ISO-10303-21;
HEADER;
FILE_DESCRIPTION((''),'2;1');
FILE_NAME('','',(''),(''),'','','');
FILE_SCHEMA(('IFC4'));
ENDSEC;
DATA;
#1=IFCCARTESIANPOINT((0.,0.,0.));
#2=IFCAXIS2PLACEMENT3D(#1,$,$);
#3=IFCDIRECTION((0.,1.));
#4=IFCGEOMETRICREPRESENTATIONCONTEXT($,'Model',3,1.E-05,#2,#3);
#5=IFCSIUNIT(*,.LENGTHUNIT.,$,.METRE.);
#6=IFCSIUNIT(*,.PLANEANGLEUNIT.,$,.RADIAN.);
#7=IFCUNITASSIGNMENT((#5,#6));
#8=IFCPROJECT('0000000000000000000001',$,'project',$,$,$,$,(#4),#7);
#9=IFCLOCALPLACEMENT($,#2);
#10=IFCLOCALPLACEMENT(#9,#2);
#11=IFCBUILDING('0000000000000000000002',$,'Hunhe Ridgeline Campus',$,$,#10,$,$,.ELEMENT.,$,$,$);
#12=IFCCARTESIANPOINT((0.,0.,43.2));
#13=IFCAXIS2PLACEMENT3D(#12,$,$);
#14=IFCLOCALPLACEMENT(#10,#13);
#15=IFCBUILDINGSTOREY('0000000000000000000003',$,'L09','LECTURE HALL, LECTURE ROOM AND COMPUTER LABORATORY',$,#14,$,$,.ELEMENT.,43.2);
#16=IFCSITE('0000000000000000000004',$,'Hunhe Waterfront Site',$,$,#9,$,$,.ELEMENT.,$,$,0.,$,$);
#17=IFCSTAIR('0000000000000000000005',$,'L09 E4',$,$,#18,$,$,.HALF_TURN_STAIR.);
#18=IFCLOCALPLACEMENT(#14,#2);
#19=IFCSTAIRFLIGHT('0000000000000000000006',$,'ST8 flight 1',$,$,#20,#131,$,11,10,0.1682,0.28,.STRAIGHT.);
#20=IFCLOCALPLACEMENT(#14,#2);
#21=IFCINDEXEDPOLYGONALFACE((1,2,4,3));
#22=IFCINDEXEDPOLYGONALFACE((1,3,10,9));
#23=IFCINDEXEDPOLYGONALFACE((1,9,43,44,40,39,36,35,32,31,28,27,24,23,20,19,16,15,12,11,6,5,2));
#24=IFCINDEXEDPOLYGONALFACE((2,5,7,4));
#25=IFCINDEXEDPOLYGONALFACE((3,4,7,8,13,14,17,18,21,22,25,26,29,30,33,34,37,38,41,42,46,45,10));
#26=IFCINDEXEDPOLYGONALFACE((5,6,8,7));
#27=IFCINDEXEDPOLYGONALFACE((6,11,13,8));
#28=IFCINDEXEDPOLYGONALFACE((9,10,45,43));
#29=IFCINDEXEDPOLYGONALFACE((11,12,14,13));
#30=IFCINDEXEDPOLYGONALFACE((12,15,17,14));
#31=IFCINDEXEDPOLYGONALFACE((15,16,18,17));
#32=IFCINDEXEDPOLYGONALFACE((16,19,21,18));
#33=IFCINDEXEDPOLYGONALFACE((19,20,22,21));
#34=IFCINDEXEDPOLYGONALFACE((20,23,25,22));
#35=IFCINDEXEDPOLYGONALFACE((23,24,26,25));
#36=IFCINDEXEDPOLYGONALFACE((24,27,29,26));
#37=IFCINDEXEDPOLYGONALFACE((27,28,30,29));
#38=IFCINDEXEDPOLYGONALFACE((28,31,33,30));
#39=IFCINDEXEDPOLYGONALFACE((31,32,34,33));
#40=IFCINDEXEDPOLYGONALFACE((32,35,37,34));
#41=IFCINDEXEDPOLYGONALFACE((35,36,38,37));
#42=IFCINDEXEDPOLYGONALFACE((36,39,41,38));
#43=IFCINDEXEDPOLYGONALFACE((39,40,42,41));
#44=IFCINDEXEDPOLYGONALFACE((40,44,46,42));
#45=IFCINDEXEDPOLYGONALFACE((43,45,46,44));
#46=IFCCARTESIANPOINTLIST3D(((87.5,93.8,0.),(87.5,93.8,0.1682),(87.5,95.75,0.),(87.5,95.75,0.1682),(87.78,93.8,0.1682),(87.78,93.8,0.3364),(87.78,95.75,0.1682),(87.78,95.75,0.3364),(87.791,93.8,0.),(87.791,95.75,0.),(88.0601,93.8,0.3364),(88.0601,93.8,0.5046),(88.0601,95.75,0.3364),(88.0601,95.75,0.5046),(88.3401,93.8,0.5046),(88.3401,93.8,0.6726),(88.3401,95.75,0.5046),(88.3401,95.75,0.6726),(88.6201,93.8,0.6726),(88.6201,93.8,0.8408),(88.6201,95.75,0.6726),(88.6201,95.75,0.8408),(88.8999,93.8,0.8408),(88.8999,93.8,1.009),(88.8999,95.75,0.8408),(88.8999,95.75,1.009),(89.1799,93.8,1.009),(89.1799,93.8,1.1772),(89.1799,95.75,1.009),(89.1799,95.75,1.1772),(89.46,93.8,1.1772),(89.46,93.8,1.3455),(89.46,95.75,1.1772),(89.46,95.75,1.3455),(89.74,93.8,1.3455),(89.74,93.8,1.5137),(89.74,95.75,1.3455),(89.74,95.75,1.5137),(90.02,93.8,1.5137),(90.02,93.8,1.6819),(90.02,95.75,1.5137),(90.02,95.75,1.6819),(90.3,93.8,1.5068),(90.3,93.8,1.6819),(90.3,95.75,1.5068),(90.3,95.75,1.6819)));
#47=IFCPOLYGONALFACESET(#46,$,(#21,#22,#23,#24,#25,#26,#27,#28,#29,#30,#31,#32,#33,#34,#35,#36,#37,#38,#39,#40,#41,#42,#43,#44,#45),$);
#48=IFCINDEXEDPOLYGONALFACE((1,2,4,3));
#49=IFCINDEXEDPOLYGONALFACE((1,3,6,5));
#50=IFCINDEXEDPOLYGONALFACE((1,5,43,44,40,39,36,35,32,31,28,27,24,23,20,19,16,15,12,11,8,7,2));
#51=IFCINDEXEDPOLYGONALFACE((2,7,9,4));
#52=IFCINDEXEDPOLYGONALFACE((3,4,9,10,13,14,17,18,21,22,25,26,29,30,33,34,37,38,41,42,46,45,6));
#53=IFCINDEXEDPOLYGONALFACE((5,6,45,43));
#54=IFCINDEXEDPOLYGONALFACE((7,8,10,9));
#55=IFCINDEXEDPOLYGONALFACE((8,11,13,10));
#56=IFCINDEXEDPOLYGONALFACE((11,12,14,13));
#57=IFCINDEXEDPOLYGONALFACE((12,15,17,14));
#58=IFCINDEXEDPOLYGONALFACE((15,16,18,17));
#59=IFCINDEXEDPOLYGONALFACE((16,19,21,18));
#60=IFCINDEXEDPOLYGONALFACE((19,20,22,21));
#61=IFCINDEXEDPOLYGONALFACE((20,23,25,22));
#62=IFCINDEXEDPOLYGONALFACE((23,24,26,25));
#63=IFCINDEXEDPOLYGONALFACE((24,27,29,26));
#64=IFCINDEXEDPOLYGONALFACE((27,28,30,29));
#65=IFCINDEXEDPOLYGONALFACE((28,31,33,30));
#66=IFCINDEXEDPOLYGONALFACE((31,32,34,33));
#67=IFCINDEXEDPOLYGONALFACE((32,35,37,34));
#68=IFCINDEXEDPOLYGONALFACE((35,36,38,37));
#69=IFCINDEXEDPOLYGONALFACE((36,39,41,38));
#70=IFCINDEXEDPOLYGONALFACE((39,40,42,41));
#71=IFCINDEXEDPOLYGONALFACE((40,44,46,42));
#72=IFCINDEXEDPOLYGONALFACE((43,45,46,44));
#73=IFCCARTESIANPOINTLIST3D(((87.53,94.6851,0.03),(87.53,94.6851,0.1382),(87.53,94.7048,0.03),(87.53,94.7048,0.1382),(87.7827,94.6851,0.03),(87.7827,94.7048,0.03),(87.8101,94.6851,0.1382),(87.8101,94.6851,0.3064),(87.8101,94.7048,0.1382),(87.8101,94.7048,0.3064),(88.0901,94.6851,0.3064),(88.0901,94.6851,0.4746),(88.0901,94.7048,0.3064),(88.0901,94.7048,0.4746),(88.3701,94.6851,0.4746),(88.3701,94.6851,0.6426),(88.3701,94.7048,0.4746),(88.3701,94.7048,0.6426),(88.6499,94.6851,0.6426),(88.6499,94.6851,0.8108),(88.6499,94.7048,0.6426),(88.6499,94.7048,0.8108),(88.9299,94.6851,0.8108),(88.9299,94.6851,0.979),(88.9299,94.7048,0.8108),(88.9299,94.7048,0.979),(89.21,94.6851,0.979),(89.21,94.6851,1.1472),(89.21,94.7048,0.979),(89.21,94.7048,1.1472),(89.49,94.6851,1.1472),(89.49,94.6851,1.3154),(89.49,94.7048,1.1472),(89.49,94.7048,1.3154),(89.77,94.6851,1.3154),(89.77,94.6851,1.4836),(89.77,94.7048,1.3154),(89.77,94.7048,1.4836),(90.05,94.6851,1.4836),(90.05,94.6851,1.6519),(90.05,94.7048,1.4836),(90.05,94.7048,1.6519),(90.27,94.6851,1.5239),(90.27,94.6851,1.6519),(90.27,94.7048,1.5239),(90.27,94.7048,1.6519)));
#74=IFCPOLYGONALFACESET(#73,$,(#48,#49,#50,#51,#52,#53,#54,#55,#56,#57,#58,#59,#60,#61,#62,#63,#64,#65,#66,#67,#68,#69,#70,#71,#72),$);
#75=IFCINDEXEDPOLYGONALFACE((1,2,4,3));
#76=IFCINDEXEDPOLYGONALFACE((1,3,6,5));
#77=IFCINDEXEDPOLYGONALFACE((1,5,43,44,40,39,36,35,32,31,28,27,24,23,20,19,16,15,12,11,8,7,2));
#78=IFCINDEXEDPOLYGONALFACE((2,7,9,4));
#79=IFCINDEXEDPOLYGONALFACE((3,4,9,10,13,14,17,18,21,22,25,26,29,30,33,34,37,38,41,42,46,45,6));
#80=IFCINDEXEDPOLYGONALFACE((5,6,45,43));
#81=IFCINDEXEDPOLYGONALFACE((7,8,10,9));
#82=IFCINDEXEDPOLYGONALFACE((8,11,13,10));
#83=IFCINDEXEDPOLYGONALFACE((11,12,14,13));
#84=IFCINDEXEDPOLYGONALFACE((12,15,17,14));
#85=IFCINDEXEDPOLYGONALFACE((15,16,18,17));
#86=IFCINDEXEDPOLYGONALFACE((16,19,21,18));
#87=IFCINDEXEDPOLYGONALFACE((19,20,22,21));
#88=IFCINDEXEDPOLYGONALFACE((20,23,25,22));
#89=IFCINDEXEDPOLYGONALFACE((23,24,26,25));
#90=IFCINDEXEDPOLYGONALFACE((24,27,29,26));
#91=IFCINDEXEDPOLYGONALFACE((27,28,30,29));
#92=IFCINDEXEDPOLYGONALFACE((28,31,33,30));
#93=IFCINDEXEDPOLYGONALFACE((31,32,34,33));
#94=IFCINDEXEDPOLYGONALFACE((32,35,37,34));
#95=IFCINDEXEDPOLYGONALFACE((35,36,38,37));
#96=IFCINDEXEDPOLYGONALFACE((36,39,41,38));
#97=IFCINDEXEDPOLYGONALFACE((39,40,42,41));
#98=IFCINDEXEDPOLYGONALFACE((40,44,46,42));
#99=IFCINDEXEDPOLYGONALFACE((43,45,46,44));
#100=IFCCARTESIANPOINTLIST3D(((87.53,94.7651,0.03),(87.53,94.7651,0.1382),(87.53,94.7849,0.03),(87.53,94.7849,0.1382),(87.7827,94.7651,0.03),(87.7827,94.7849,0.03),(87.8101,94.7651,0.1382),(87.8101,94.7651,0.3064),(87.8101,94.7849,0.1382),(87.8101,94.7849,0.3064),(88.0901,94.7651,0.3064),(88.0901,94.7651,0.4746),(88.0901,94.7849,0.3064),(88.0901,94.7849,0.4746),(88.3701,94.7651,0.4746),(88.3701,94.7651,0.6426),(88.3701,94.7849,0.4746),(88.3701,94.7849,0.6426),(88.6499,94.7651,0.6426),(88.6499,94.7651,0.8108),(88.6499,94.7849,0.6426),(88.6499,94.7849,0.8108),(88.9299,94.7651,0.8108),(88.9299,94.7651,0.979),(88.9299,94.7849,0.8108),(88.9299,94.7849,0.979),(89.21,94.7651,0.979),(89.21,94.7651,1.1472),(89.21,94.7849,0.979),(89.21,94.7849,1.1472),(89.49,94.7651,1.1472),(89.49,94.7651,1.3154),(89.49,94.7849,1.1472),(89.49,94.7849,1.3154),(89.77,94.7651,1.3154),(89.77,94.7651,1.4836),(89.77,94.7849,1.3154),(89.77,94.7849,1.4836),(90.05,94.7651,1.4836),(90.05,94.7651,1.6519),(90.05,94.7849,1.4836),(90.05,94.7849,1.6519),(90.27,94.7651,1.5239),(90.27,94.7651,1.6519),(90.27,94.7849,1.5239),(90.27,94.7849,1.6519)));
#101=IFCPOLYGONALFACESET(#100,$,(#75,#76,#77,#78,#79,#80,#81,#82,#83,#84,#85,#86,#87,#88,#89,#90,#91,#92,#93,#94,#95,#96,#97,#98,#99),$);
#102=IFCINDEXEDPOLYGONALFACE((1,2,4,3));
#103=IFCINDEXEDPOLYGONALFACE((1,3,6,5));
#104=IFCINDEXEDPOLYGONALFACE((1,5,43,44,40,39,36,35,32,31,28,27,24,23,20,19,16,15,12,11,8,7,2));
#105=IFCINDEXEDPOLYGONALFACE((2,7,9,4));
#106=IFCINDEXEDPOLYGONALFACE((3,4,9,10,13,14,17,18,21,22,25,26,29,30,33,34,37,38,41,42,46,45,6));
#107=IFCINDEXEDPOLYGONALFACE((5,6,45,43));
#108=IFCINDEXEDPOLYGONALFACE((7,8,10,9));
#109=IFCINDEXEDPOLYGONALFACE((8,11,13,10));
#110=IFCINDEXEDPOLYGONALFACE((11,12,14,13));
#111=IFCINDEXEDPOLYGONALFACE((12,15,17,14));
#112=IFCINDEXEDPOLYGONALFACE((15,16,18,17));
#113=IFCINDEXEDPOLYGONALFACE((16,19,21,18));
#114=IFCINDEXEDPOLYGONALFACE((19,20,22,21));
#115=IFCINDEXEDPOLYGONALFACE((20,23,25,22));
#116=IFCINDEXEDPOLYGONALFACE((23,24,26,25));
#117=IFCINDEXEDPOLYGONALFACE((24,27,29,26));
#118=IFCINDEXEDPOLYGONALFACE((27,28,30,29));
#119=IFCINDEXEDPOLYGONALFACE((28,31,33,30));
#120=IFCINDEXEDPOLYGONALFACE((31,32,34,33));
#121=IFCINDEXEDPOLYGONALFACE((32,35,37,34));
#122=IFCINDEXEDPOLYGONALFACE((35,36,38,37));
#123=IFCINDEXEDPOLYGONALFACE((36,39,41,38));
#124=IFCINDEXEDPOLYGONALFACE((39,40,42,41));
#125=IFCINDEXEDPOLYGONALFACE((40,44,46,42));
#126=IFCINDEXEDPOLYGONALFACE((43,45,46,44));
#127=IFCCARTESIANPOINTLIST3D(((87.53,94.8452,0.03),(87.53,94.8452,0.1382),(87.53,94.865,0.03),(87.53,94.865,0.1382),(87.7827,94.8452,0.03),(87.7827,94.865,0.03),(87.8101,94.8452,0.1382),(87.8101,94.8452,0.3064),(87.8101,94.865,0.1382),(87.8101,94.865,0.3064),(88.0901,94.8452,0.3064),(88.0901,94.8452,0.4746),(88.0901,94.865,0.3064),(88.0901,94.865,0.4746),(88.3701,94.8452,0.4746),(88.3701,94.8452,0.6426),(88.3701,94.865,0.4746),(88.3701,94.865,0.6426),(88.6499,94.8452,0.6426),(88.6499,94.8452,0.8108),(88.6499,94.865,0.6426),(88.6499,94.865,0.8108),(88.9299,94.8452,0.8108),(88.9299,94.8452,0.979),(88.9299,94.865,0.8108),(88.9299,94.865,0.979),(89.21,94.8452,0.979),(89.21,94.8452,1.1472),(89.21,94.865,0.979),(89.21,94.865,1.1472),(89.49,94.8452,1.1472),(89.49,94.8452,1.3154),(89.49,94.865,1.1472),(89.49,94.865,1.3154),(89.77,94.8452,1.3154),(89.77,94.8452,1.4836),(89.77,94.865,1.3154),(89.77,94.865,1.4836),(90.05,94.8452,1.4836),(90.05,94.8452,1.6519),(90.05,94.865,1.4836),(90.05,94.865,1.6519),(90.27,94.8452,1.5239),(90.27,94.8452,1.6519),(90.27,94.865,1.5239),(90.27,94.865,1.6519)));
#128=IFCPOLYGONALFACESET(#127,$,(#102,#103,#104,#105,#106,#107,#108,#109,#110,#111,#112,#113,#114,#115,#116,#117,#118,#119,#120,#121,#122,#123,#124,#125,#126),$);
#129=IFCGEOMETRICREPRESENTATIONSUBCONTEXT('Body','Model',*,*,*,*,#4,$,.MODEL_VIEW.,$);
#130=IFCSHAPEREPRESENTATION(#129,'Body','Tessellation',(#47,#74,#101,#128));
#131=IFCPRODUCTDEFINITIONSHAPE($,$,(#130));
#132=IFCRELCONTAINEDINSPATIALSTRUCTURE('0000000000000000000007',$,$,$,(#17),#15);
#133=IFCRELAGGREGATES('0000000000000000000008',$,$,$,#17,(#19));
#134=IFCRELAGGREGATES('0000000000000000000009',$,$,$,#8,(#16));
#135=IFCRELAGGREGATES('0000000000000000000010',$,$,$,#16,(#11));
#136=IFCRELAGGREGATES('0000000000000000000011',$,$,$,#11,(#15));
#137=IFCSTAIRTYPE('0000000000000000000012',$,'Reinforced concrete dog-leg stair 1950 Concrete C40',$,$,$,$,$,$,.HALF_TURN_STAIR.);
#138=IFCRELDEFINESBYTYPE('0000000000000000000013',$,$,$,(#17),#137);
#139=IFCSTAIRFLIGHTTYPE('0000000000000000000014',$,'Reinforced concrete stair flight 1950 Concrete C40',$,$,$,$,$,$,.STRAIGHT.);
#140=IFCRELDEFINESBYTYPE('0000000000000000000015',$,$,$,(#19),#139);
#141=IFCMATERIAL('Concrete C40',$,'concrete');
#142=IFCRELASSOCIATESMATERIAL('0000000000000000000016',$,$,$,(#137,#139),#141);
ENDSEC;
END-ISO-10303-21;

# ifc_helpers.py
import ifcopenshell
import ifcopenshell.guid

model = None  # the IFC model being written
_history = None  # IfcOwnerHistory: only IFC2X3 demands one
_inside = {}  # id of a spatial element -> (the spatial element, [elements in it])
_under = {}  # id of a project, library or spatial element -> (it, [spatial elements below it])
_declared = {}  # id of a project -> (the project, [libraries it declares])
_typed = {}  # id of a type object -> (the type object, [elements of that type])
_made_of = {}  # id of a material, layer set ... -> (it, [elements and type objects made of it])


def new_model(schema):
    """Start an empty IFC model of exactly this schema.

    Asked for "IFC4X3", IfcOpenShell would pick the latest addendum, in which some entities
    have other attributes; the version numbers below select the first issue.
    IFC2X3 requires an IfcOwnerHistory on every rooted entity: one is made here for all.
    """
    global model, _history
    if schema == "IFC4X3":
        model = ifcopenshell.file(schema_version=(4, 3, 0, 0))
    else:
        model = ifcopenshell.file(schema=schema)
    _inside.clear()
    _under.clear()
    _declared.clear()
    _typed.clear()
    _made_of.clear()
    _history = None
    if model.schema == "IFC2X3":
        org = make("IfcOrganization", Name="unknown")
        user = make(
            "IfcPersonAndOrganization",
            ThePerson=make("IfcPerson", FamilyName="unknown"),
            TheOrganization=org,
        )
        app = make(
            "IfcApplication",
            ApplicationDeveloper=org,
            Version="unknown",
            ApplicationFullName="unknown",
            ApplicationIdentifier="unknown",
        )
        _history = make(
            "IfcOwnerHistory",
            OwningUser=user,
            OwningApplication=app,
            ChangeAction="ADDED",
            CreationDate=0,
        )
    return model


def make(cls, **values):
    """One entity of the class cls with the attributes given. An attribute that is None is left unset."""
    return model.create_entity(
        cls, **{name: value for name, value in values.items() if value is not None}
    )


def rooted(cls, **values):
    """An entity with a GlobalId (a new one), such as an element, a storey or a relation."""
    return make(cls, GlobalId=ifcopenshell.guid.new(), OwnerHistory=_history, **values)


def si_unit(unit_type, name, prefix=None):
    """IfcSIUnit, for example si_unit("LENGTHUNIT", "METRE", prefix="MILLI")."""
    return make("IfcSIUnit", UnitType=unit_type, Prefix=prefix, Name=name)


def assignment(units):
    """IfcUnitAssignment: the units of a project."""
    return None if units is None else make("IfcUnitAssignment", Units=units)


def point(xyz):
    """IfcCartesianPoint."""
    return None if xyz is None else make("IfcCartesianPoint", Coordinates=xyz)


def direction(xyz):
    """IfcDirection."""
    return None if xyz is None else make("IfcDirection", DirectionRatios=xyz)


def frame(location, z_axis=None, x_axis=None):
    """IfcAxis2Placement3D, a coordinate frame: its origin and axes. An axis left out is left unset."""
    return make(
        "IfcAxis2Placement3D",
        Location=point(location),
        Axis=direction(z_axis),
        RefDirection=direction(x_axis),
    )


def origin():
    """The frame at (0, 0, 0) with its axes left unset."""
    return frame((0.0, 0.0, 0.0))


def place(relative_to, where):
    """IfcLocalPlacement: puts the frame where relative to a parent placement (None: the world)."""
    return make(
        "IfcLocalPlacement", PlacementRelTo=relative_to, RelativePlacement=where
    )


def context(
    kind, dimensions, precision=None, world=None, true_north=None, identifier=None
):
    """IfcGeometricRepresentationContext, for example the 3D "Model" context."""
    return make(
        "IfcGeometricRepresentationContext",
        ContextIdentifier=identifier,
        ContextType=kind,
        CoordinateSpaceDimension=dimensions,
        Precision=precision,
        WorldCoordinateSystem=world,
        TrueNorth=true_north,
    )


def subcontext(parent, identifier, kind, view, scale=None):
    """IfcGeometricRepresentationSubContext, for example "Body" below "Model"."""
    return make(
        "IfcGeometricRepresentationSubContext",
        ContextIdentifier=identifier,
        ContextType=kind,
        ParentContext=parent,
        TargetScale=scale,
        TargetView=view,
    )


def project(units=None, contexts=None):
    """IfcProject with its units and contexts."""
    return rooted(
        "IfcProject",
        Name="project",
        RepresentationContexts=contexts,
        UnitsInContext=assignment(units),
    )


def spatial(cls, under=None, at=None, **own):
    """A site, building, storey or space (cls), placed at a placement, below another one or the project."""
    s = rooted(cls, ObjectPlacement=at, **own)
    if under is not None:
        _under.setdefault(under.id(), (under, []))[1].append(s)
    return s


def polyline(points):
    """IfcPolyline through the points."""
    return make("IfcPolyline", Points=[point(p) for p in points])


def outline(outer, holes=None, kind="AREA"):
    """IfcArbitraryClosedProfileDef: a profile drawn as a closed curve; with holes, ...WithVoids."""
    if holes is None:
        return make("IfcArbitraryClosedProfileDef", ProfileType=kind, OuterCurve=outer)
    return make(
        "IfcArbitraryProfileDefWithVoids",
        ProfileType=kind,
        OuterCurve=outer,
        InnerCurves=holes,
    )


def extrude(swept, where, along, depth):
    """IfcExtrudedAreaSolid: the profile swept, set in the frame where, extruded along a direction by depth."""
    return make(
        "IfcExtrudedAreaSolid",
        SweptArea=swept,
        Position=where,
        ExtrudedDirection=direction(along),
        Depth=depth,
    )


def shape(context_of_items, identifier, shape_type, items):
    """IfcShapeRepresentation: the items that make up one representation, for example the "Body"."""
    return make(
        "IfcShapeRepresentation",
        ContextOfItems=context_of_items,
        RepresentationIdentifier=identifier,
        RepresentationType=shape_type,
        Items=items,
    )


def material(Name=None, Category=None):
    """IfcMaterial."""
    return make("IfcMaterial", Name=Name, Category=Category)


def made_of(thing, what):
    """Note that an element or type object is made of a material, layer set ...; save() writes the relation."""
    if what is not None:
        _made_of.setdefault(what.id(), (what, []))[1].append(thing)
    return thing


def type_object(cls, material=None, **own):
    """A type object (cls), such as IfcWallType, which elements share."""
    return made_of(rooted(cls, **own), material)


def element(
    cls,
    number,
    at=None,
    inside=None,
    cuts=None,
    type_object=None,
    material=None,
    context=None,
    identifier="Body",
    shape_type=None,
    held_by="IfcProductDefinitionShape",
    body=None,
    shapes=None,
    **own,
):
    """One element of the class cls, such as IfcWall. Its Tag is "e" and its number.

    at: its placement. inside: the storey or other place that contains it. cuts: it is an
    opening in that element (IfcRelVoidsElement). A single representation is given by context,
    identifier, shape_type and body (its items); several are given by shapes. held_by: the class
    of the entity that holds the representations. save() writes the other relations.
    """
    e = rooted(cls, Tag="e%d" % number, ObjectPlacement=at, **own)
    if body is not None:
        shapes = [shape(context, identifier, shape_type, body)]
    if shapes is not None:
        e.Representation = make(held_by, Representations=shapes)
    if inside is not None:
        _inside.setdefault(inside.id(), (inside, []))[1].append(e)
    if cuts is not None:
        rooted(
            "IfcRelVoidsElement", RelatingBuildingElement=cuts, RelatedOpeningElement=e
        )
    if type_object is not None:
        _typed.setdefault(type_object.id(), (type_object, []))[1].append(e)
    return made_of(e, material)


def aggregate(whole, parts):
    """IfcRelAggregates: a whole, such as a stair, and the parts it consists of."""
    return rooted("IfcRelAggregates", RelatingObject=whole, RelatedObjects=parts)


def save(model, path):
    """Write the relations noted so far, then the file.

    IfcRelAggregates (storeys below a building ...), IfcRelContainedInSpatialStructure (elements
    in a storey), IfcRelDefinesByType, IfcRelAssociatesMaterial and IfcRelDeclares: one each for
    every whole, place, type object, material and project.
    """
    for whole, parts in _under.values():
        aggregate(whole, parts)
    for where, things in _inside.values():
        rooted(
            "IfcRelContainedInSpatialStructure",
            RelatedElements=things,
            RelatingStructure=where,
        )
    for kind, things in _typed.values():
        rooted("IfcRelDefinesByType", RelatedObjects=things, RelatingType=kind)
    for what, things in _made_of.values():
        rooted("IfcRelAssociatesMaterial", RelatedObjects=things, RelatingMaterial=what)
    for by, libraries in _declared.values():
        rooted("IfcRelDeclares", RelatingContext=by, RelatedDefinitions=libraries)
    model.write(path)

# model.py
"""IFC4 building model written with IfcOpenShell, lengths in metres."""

from ifc_helpers import new_model, si_unit, direction, frame, origin, place, context, subcontext, project, spatial, polyline, outline, extrude, material, type_object, element, aggregate, save


model = new_model("IFC4")

# Units and contexts
model_context = context("Model", 3, precision=1e-05, world=origin(), true_north=direction((0.0, 1.0)))
body_context = subcontext(model_context, "Body", "Model", "MODEL_VIEW")
ifc_project = project(units=[si_unit("LENGTHUNIT", "METRE"), si_unit("PLANEANGLEUNIT", "RADIAN")], contexts=[model_context])

# Site, building, storey
site_placement = place(None, origin())
site = spatial("IfcSite", under=ifc_project, at=site_placement, Name="Hunhe Waterfront Site", CompositionType="ELEMENT", RefElevation=0.0)
building_placement = place(site_placement, origin())
building = spatial("IfcBuilding", under=site, at=building_placement, Name="Hunhe Ridgeline Campus", CompositionType="ELEMENT")
storey_placement = place(building_placement, frame((0.0, 0.0, 43.2)))
storey = spatial("IfcBuildingStorey", under=building, at=storey_placement, Name="L09", Description="LECTURE HALL, LECTURE ROOM AND COMPUTER LABORATORY", CompositionType="ELEMENT", Elevation=43.2)

# Stair, stair flight
ifc_material_1 = material(Name="Concrete C40", Category="concrete")
stair_type = type_object("IfcStairType", Name="Reinforced concrete dog-leg stair 1950 Concrete C40", PredefinedType="HALF_TURN_STAIR", material=ifc_material_1)
stair_placement = place(storey_placement, origin())
stair = element("IfcStair", 1, at=stair_placement, inside=storey, type_object=stair_type, Name="L09 E4", PredefinedType="HALF_TURN_STAIR")
stair_flight_type = type_object("IfcStairFlightType", Name="Reinforced concrete stair flight 1950 Concrete C40", PredefinedType="STRAIGHT", material=ifc_material_1)
stair_flight_1_placement = place(storey_placement, frame((87.5, 94.7749, 0.0), z_axis=(0.0, 0.0, 1.0), x_axis=(1.0, 0.0, 0.0)))
stair_flight_1 = element("IfcStairFlight", 2, at=stair_flight_1_placement, type_object=stair_flight_type, Name="ST8 flight 1", NumberOfRisers=11, NumberOfTreads=10, PredefinedType="STRAIGHT", RiserHeight=0.1682, TreadLength=0.28, context=body_context, shape_type="SweptSolid", body=[
    extrude(outline(polyline([(0.0, 0.0), (0.0, 0.1682), (0.28, 0.1682), (0.28, 0.3364), (0.5601, 0.3364), (0.5601, 0.5046), (0.8401, 0.5046), (0.8401, 0.6726), (1.1201, 0.6726), (1.1201, 0.8408), (1.3999, 0.8408), (1.3999, 1.009), (1.6799, 1.009), (1.6799, 1.1772), (1.96, 1.1772), (1.96, 1.3455), (2.24, 1.3455), (2.24, 1.5137), (2.52, 1.5137), (2.52, 1.6819), (2.8, 1.6819), (2.8, 1.8501), (2.8, 1.5068), (0.291, 0.0), (0.0, 0.0)])), frame((0.0, 0.9751, 0.0), z_axis=(0.0, -1.0, 0.0), x_axis=(1.0, 0.0, 0.0)), (0.0, 0.0, 1.0), 1.95),
    extrude(outline(polyline([(0.03, 0.03), (0.03, 0.1382), (0.3101, 0.1382), (0.3101, 0.3064), (0.5901, 0.3064), (0.5901, 0.4746), (0.8701, 0.4746), (0.8701, 0.6426), (1.1499, 0.6426), (1.1499, 0.8108), (1.4299, 0.8108), (1.4299, 0.979), (1.71, 0.979), (1.71, 1.1472), (1.99, 1.1472), (1.99, 1.3154), (2.27, 1.3154), (2.27, 1.4836), (2.55, 1.4836), (2.55, 1.6519), (2.77, 1.6519), (2.77, 1.5239), (0.2827, 0.03), (0.03, 0.03)])), frame((0.0, -0.0701, 0.0), z_axis=(0.0, -1.0, 0.0), x_axis=(1.0, 0.0, 0.0)), (0.0, 0.0, 1.0), 0.0198),
    extrude(outline(polyline([(0.03, 0.03), (0.03, 0.1382), (0.3101, 0.1382), (0.3101, 0.3064), (0.5901, 0.3064), (0.5901, 0.4746), (0.8701, 0.4746), (0.8701, 0.6426), (1.1499, 0.6426), (1.1499, 0.8108), (1.4299, 0.8108), (1.4299, 0.979), (1.71, 0.979), (1.71, 1.1472), (1.99, 1.1472), (1.99, 1.3154), (2.27, 1.3154), (2.27, 1.4836), (2.55, 1.4836), (2.55, 1.6519), (2.77, 1.6519), (2.77, 1.5239), (0.2827, 0.03), (0.03, 0.03)])), frame((0.0, 0.01, 0.0), z_axis=(0.0, -1.0, 0.0), x_axis=(1.0, 0.0, 0.0)), (0.0, 0.0, 1.0), 0.0198),
    extrude(outline(polyline([(0.03, 0.03), (0.03, 0.1382), (0.3101, 0.1382), (0.3101, 0.3064), (0.5901, 0.3064), (0.5901, 0.4746), (0.8701, 0.4746), (0.8701, 0.6426), (1.1499, 0.6426), (1.1499, 0.8108), (1.4299, 0.8108), (1.4299, 0.979), (1.71, 0.979), (1.71, 1.1472), (1.99, 1.1472), (1.99, 1.3154), (2.27, 1.3154), (2.27, 1.4836), (2.55, 1.4836), (2.55, 1.6519), (2.77, 1.6519), (2.77, 1.5239), (0.2827, 0.03), (0.03, 0.03)])), frame((0.0, 0.0901, 0.0), z_axis=(0.0, -1.0, 0.0), x_axis=(1.0, 0.0, 0.0)), (0.0, 0.0, 1.0), 0.0198),
])
aggregate(stair, [stair_flight_1])

save(model, "model.ifc")
